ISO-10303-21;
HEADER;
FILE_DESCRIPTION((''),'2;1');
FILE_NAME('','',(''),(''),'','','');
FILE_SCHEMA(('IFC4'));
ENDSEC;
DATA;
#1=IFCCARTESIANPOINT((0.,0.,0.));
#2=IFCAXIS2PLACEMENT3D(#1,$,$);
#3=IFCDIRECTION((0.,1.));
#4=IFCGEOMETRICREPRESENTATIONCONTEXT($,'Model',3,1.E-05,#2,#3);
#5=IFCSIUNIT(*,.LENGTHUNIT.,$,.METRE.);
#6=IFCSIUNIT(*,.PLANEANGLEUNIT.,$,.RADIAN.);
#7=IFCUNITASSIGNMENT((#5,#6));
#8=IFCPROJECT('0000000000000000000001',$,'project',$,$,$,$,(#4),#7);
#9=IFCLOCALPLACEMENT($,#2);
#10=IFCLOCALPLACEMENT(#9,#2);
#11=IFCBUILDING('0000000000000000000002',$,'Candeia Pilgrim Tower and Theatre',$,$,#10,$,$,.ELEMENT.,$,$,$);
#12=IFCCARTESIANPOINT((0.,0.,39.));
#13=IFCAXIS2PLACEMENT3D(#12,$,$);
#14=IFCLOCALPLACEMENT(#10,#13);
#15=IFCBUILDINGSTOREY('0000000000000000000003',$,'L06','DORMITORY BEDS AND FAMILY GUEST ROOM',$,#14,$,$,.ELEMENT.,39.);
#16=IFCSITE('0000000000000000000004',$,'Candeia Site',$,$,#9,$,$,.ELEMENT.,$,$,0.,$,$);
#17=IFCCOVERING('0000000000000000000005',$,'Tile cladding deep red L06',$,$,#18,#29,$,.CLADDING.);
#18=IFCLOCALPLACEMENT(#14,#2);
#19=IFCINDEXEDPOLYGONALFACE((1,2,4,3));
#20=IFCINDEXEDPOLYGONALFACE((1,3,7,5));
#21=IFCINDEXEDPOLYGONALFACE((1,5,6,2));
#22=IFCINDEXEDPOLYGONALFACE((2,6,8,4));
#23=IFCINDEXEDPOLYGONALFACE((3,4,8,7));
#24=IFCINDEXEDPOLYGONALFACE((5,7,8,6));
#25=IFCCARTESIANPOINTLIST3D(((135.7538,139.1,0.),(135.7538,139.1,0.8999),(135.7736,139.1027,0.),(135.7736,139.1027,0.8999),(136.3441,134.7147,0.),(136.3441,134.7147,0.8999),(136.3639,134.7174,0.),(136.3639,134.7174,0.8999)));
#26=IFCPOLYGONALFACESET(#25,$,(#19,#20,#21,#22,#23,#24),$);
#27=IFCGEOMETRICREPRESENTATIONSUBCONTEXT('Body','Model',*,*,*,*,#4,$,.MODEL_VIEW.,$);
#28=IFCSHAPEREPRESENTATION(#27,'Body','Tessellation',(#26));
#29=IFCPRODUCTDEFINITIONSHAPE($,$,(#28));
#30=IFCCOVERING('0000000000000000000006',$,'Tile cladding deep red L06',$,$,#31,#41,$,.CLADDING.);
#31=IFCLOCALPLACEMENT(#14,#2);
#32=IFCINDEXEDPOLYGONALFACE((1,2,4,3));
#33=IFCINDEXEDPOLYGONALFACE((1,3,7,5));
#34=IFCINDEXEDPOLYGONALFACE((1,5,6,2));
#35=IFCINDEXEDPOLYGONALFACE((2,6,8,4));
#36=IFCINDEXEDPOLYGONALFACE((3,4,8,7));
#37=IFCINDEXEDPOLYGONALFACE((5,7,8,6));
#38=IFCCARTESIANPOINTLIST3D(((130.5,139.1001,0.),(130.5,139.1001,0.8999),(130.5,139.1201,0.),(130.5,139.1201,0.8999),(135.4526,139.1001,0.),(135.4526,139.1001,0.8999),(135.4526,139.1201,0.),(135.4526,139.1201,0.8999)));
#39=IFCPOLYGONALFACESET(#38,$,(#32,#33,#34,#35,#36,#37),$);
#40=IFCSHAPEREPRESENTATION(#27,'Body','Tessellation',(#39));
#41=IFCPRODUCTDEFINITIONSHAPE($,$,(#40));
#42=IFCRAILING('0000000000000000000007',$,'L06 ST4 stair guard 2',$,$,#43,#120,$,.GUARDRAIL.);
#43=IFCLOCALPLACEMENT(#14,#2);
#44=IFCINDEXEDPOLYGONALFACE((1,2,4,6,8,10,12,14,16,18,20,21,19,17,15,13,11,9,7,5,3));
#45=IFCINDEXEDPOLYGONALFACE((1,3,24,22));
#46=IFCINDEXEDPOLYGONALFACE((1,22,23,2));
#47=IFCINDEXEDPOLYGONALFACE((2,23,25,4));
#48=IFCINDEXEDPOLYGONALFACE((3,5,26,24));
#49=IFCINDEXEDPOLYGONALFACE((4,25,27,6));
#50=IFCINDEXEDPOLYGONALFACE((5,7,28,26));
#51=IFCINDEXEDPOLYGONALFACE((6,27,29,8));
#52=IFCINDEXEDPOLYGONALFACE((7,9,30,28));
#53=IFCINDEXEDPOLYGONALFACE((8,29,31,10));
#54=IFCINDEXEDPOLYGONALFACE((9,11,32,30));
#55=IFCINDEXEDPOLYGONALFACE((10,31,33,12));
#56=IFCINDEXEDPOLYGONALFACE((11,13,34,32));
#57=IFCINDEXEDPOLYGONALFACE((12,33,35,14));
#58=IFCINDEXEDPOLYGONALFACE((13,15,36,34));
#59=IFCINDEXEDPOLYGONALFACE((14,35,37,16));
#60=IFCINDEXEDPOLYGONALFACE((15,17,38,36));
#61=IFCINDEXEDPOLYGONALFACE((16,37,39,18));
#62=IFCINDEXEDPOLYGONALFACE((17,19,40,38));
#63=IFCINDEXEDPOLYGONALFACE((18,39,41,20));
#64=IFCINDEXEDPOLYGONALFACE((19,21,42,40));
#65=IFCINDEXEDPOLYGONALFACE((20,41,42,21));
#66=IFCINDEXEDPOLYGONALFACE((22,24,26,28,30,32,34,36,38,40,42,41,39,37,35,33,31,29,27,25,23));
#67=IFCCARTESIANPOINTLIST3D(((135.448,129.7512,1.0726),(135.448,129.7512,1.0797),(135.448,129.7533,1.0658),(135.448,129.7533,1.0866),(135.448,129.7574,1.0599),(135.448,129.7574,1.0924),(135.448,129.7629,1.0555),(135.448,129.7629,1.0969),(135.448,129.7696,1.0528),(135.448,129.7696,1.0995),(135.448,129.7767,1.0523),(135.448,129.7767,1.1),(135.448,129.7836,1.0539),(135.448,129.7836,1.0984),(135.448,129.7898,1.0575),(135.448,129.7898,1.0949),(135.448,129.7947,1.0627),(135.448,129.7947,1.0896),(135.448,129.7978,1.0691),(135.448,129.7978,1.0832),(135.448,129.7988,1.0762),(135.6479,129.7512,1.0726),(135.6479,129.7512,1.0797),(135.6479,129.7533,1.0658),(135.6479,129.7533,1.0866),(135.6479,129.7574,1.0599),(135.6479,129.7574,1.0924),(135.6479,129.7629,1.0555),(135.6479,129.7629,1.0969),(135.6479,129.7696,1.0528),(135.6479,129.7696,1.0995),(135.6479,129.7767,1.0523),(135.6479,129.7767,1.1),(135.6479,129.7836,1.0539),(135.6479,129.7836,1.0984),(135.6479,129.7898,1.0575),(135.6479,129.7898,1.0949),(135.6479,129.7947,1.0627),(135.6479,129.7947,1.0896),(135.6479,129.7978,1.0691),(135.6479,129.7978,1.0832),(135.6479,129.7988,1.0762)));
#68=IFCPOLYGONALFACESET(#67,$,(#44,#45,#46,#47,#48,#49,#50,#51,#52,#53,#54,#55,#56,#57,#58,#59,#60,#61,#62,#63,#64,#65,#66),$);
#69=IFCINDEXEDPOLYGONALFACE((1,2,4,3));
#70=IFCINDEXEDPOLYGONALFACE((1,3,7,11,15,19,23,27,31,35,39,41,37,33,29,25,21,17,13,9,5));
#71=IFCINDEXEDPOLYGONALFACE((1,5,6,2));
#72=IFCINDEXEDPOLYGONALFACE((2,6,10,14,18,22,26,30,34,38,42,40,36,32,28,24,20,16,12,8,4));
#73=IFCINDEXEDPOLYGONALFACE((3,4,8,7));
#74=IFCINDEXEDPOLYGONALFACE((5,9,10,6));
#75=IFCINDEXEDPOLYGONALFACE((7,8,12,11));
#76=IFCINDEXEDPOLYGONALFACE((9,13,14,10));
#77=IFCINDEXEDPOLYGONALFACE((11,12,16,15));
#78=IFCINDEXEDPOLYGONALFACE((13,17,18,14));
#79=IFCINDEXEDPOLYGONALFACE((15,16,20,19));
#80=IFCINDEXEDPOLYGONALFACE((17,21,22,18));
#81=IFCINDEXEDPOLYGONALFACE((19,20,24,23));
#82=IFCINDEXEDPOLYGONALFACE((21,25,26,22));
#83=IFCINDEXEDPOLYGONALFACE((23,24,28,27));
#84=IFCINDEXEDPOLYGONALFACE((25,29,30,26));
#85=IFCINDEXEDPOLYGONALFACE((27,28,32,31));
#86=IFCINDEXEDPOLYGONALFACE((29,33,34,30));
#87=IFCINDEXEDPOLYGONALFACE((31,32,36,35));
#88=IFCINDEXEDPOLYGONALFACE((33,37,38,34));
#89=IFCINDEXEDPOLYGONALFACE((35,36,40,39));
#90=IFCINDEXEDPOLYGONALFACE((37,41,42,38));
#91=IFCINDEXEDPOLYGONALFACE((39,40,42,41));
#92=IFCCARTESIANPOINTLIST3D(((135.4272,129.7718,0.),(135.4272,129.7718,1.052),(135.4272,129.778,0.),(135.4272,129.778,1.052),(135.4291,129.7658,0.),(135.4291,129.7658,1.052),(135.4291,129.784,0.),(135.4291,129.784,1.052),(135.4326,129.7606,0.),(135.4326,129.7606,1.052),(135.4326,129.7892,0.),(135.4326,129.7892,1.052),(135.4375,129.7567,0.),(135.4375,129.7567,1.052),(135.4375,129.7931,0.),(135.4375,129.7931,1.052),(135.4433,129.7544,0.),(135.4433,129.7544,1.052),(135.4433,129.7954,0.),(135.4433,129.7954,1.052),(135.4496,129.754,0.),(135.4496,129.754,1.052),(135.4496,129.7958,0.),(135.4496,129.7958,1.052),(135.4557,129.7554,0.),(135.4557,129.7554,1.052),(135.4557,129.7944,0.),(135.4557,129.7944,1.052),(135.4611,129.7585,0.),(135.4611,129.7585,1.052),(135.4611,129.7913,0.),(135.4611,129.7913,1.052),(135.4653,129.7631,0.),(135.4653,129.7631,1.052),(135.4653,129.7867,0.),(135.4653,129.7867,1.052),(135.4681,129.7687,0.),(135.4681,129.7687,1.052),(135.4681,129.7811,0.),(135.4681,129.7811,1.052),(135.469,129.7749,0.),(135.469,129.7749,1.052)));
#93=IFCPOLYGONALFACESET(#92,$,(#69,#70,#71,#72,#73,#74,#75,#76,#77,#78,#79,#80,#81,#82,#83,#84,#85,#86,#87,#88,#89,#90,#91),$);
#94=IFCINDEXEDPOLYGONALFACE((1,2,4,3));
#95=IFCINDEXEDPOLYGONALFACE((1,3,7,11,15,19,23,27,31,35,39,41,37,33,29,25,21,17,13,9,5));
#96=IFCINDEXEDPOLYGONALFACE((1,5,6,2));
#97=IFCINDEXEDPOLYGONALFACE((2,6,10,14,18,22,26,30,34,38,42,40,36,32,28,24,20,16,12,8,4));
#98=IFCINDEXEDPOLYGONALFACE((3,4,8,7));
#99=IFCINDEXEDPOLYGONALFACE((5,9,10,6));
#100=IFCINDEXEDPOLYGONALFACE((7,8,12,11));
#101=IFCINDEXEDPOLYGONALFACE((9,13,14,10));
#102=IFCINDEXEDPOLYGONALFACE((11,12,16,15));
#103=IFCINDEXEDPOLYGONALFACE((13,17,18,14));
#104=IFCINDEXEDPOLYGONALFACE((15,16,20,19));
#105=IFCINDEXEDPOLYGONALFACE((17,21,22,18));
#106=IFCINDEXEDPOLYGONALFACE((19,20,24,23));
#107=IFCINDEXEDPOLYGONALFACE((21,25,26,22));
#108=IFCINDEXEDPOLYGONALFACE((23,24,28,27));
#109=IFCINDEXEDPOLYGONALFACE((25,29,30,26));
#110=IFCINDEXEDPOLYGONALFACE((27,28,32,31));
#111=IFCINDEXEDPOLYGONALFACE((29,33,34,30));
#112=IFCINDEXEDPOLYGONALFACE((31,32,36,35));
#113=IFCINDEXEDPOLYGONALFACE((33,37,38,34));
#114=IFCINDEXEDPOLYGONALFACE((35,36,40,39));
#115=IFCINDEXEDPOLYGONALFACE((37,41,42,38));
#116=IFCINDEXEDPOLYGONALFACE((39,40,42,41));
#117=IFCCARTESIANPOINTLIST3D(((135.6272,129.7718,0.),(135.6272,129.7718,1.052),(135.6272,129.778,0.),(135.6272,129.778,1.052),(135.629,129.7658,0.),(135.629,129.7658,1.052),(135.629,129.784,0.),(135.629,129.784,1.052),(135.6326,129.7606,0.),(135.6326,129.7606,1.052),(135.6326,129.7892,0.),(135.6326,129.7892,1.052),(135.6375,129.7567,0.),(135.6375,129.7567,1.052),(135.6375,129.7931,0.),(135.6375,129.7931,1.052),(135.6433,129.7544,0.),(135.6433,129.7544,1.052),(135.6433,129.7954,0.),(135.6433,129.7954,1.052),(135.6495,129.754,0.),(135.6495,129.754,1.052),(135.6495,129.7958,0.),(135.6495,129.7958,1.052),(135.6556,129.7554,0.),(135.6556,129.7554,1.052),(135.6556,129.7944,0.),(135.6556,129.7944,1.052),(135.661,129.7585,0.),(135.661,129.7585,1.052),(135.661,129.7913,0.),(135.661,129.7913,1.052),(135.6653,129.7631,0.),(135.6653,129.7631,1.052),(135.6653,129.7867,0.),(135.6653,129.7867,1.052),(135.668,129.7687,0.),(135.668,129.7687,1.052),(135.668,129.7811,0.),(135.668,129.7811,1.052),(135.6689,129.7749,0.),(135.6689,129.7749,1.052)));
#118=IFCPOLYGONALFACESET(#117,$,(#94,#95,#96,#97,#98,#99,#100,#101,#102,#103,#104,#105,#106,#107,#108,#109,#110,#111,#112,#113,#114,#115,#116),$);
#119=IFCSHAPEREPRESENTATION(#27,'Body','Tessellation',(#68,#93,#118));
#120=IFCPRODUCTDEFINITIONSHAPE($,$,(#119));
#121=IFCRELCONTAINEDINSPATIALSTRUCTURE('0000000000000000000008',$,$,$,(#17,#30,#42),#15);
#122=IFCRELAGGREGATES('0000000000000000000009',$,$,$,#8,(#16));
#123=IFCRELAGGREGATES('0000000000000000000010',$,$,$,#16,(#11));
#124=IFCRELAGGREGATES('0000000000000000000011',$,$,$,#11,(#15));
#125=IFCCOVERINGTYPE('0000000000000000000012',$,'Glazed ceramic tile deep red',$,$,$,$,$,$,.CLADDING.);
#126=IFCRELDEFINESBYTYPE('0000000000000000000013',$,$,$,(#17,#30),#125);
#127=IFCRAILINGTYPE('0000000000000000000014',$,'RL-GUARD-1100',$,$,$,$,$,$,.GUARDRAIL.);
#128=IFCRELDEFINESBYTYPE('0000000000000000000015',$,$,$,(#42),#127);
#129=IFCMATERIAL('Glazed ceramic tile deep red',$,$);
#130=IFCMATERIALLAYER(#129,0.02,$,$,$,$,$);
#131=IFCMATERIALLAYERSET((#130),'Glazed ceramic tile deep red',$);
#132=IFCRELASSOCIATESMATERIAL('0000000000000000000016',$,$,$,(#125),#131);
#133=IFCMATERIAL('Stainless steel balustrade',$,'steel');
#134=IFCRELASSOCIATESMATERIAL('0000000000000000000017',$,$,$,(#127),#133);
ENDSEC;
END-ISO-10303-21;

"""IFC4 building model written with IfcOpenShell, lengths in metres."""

from ifc_helpers import new_model, si_unit, direction, frame, origin, origin_2d, place, context, subcontext, project, spatial, rectangle, circle, extrude, material, layer, layer_set, type_object, element, save


model = new_model("IFC4")

# Units and contexts
model_context = context("Model", 3, precision=1e-05, world=origin(), true_north=direction((0.0, 1.0)))
body_context = subcontext(model_context, "Body", "Model", "MODEL_VIEW")
ifc_project = project(units=[si_unit("LENGTHUNIT", "METRE"), si_unit("PLANEANGLEUNIT", "RADIAN")], contexts=[model_context])

# Site, building, storey
site_placement = place(None, origin())
site = spatial("IfcSite", under=ifc_project, at=site_placement, Name="Candeia Site", CompositionType="ELEMENT", RefElevation=0.0)
building_placement = place(site_placement, origin())
building = spatial("IfcBuilding", under=site, at=building_placement, Name="Candeia Pilgrim Tower and Theatre", CompositionType="ELEMENT")
storey_placement = place(building_placement, frame((0.0, 0.0, 39.0)))
storey = spatial("IfcBuildingStorey", under=building, at=storey_placement, Name="L06", Description="DORMITORY BEDS AND FAMILY GUEST ROOM", CompositionType="ELEMENT", Elevation=39.0)

# Coverings
ifc_material_1 = material(Name="Glazed ceramic tile deep red")
ifc_layer_1 = layer(ifc_material_1, 0.02)
ifc_layer_set_1 = layer_set([ifc_layer_1], Name="Glazed ceramic tile deep red")
covering_type = type_object("IfcCoveringType", Name="Glazed ceramic tile deep red", PredefinedType="CLADDING", material=ifc_layer_set_1)
covering_1_placement = place(storey_placement, frame((136.0588, 136.9087, 0.0), z_axis=(0.0, 0.0, 1.0), x_axis=(-0.133412, 0.991061, 0.0)))
element("IfcCovering", 1, at=covering_1_placement, inside=storey, type_object=covering_type, Name="Tile cladding deep red L06", PredefinedType="CLADDING", context=body_context, shape_type="SweptSolid", body=[
    extrude(rectangle(XDim=4.4248, YDim=0.02, at=origin_2d()), origin(), (0.0, 0.0, 1.0), 0.8999),
])
covering_2_placement = place(storey_placement, frame((132.9763, 139.1101, 0.0), z_axis=(0.0, 0.0, 1.0), x_axis=(-1.0, 0.0, 0.0)))
element("IfcCovering", 2, at=covering_2_placement, inside=storey, type_object=covering_type, Name="Tile cladding deep red L06", PredefinedType="CLADDING", context=body_context, shape_type="SweptSolid", body=[
    extrude(rectangle(XDim=4.9526, YDim=0.02, at=origin_2d()), origin(), (0.0, 0.0, 1.0), 0.8999),
])

# Railing
ifc_material_2 = material(Name="Stainless steel balustrade", Category="steel")
railing_type = type_object("IfcRailingType", Name="RL-GUARD-1100", PredefinedType="GUARDRAIL", material=ifc_material_2)
railing_1_placement = place(storey_placement, frame((135.448, 129.7749, 0.0)))
element("IfcRailing", 3, at=railing_1_placement, inside=storey, type_object=railing_type, Name="L06 ST4 stair guard 2", PredefinedType="GUARDRAIL", context=body_context, shape_type="SweptSolid", body=[
    extrude(circle(Radius=0.0239, at=origin_2d()), frame((0.0, 0.0, 1.0762), z_axis=(1.0, 0.0, 0.0), x_axis=(0.0, 1.0, 0.0)), (0.0, 0.0, 1.0), 0.2),
    extrude(circle(Radius=0.021, at=origin_2d()), origin(), (0.0, 0.0, 1.0), 1.052),
    extrude(circle(Radius=0.021, at=origin_2d()), frame((0.2, 0.0, 0.0)), (0.0, 0.0, 1.0), 1.052),
])

save(model, "model.ifc")
